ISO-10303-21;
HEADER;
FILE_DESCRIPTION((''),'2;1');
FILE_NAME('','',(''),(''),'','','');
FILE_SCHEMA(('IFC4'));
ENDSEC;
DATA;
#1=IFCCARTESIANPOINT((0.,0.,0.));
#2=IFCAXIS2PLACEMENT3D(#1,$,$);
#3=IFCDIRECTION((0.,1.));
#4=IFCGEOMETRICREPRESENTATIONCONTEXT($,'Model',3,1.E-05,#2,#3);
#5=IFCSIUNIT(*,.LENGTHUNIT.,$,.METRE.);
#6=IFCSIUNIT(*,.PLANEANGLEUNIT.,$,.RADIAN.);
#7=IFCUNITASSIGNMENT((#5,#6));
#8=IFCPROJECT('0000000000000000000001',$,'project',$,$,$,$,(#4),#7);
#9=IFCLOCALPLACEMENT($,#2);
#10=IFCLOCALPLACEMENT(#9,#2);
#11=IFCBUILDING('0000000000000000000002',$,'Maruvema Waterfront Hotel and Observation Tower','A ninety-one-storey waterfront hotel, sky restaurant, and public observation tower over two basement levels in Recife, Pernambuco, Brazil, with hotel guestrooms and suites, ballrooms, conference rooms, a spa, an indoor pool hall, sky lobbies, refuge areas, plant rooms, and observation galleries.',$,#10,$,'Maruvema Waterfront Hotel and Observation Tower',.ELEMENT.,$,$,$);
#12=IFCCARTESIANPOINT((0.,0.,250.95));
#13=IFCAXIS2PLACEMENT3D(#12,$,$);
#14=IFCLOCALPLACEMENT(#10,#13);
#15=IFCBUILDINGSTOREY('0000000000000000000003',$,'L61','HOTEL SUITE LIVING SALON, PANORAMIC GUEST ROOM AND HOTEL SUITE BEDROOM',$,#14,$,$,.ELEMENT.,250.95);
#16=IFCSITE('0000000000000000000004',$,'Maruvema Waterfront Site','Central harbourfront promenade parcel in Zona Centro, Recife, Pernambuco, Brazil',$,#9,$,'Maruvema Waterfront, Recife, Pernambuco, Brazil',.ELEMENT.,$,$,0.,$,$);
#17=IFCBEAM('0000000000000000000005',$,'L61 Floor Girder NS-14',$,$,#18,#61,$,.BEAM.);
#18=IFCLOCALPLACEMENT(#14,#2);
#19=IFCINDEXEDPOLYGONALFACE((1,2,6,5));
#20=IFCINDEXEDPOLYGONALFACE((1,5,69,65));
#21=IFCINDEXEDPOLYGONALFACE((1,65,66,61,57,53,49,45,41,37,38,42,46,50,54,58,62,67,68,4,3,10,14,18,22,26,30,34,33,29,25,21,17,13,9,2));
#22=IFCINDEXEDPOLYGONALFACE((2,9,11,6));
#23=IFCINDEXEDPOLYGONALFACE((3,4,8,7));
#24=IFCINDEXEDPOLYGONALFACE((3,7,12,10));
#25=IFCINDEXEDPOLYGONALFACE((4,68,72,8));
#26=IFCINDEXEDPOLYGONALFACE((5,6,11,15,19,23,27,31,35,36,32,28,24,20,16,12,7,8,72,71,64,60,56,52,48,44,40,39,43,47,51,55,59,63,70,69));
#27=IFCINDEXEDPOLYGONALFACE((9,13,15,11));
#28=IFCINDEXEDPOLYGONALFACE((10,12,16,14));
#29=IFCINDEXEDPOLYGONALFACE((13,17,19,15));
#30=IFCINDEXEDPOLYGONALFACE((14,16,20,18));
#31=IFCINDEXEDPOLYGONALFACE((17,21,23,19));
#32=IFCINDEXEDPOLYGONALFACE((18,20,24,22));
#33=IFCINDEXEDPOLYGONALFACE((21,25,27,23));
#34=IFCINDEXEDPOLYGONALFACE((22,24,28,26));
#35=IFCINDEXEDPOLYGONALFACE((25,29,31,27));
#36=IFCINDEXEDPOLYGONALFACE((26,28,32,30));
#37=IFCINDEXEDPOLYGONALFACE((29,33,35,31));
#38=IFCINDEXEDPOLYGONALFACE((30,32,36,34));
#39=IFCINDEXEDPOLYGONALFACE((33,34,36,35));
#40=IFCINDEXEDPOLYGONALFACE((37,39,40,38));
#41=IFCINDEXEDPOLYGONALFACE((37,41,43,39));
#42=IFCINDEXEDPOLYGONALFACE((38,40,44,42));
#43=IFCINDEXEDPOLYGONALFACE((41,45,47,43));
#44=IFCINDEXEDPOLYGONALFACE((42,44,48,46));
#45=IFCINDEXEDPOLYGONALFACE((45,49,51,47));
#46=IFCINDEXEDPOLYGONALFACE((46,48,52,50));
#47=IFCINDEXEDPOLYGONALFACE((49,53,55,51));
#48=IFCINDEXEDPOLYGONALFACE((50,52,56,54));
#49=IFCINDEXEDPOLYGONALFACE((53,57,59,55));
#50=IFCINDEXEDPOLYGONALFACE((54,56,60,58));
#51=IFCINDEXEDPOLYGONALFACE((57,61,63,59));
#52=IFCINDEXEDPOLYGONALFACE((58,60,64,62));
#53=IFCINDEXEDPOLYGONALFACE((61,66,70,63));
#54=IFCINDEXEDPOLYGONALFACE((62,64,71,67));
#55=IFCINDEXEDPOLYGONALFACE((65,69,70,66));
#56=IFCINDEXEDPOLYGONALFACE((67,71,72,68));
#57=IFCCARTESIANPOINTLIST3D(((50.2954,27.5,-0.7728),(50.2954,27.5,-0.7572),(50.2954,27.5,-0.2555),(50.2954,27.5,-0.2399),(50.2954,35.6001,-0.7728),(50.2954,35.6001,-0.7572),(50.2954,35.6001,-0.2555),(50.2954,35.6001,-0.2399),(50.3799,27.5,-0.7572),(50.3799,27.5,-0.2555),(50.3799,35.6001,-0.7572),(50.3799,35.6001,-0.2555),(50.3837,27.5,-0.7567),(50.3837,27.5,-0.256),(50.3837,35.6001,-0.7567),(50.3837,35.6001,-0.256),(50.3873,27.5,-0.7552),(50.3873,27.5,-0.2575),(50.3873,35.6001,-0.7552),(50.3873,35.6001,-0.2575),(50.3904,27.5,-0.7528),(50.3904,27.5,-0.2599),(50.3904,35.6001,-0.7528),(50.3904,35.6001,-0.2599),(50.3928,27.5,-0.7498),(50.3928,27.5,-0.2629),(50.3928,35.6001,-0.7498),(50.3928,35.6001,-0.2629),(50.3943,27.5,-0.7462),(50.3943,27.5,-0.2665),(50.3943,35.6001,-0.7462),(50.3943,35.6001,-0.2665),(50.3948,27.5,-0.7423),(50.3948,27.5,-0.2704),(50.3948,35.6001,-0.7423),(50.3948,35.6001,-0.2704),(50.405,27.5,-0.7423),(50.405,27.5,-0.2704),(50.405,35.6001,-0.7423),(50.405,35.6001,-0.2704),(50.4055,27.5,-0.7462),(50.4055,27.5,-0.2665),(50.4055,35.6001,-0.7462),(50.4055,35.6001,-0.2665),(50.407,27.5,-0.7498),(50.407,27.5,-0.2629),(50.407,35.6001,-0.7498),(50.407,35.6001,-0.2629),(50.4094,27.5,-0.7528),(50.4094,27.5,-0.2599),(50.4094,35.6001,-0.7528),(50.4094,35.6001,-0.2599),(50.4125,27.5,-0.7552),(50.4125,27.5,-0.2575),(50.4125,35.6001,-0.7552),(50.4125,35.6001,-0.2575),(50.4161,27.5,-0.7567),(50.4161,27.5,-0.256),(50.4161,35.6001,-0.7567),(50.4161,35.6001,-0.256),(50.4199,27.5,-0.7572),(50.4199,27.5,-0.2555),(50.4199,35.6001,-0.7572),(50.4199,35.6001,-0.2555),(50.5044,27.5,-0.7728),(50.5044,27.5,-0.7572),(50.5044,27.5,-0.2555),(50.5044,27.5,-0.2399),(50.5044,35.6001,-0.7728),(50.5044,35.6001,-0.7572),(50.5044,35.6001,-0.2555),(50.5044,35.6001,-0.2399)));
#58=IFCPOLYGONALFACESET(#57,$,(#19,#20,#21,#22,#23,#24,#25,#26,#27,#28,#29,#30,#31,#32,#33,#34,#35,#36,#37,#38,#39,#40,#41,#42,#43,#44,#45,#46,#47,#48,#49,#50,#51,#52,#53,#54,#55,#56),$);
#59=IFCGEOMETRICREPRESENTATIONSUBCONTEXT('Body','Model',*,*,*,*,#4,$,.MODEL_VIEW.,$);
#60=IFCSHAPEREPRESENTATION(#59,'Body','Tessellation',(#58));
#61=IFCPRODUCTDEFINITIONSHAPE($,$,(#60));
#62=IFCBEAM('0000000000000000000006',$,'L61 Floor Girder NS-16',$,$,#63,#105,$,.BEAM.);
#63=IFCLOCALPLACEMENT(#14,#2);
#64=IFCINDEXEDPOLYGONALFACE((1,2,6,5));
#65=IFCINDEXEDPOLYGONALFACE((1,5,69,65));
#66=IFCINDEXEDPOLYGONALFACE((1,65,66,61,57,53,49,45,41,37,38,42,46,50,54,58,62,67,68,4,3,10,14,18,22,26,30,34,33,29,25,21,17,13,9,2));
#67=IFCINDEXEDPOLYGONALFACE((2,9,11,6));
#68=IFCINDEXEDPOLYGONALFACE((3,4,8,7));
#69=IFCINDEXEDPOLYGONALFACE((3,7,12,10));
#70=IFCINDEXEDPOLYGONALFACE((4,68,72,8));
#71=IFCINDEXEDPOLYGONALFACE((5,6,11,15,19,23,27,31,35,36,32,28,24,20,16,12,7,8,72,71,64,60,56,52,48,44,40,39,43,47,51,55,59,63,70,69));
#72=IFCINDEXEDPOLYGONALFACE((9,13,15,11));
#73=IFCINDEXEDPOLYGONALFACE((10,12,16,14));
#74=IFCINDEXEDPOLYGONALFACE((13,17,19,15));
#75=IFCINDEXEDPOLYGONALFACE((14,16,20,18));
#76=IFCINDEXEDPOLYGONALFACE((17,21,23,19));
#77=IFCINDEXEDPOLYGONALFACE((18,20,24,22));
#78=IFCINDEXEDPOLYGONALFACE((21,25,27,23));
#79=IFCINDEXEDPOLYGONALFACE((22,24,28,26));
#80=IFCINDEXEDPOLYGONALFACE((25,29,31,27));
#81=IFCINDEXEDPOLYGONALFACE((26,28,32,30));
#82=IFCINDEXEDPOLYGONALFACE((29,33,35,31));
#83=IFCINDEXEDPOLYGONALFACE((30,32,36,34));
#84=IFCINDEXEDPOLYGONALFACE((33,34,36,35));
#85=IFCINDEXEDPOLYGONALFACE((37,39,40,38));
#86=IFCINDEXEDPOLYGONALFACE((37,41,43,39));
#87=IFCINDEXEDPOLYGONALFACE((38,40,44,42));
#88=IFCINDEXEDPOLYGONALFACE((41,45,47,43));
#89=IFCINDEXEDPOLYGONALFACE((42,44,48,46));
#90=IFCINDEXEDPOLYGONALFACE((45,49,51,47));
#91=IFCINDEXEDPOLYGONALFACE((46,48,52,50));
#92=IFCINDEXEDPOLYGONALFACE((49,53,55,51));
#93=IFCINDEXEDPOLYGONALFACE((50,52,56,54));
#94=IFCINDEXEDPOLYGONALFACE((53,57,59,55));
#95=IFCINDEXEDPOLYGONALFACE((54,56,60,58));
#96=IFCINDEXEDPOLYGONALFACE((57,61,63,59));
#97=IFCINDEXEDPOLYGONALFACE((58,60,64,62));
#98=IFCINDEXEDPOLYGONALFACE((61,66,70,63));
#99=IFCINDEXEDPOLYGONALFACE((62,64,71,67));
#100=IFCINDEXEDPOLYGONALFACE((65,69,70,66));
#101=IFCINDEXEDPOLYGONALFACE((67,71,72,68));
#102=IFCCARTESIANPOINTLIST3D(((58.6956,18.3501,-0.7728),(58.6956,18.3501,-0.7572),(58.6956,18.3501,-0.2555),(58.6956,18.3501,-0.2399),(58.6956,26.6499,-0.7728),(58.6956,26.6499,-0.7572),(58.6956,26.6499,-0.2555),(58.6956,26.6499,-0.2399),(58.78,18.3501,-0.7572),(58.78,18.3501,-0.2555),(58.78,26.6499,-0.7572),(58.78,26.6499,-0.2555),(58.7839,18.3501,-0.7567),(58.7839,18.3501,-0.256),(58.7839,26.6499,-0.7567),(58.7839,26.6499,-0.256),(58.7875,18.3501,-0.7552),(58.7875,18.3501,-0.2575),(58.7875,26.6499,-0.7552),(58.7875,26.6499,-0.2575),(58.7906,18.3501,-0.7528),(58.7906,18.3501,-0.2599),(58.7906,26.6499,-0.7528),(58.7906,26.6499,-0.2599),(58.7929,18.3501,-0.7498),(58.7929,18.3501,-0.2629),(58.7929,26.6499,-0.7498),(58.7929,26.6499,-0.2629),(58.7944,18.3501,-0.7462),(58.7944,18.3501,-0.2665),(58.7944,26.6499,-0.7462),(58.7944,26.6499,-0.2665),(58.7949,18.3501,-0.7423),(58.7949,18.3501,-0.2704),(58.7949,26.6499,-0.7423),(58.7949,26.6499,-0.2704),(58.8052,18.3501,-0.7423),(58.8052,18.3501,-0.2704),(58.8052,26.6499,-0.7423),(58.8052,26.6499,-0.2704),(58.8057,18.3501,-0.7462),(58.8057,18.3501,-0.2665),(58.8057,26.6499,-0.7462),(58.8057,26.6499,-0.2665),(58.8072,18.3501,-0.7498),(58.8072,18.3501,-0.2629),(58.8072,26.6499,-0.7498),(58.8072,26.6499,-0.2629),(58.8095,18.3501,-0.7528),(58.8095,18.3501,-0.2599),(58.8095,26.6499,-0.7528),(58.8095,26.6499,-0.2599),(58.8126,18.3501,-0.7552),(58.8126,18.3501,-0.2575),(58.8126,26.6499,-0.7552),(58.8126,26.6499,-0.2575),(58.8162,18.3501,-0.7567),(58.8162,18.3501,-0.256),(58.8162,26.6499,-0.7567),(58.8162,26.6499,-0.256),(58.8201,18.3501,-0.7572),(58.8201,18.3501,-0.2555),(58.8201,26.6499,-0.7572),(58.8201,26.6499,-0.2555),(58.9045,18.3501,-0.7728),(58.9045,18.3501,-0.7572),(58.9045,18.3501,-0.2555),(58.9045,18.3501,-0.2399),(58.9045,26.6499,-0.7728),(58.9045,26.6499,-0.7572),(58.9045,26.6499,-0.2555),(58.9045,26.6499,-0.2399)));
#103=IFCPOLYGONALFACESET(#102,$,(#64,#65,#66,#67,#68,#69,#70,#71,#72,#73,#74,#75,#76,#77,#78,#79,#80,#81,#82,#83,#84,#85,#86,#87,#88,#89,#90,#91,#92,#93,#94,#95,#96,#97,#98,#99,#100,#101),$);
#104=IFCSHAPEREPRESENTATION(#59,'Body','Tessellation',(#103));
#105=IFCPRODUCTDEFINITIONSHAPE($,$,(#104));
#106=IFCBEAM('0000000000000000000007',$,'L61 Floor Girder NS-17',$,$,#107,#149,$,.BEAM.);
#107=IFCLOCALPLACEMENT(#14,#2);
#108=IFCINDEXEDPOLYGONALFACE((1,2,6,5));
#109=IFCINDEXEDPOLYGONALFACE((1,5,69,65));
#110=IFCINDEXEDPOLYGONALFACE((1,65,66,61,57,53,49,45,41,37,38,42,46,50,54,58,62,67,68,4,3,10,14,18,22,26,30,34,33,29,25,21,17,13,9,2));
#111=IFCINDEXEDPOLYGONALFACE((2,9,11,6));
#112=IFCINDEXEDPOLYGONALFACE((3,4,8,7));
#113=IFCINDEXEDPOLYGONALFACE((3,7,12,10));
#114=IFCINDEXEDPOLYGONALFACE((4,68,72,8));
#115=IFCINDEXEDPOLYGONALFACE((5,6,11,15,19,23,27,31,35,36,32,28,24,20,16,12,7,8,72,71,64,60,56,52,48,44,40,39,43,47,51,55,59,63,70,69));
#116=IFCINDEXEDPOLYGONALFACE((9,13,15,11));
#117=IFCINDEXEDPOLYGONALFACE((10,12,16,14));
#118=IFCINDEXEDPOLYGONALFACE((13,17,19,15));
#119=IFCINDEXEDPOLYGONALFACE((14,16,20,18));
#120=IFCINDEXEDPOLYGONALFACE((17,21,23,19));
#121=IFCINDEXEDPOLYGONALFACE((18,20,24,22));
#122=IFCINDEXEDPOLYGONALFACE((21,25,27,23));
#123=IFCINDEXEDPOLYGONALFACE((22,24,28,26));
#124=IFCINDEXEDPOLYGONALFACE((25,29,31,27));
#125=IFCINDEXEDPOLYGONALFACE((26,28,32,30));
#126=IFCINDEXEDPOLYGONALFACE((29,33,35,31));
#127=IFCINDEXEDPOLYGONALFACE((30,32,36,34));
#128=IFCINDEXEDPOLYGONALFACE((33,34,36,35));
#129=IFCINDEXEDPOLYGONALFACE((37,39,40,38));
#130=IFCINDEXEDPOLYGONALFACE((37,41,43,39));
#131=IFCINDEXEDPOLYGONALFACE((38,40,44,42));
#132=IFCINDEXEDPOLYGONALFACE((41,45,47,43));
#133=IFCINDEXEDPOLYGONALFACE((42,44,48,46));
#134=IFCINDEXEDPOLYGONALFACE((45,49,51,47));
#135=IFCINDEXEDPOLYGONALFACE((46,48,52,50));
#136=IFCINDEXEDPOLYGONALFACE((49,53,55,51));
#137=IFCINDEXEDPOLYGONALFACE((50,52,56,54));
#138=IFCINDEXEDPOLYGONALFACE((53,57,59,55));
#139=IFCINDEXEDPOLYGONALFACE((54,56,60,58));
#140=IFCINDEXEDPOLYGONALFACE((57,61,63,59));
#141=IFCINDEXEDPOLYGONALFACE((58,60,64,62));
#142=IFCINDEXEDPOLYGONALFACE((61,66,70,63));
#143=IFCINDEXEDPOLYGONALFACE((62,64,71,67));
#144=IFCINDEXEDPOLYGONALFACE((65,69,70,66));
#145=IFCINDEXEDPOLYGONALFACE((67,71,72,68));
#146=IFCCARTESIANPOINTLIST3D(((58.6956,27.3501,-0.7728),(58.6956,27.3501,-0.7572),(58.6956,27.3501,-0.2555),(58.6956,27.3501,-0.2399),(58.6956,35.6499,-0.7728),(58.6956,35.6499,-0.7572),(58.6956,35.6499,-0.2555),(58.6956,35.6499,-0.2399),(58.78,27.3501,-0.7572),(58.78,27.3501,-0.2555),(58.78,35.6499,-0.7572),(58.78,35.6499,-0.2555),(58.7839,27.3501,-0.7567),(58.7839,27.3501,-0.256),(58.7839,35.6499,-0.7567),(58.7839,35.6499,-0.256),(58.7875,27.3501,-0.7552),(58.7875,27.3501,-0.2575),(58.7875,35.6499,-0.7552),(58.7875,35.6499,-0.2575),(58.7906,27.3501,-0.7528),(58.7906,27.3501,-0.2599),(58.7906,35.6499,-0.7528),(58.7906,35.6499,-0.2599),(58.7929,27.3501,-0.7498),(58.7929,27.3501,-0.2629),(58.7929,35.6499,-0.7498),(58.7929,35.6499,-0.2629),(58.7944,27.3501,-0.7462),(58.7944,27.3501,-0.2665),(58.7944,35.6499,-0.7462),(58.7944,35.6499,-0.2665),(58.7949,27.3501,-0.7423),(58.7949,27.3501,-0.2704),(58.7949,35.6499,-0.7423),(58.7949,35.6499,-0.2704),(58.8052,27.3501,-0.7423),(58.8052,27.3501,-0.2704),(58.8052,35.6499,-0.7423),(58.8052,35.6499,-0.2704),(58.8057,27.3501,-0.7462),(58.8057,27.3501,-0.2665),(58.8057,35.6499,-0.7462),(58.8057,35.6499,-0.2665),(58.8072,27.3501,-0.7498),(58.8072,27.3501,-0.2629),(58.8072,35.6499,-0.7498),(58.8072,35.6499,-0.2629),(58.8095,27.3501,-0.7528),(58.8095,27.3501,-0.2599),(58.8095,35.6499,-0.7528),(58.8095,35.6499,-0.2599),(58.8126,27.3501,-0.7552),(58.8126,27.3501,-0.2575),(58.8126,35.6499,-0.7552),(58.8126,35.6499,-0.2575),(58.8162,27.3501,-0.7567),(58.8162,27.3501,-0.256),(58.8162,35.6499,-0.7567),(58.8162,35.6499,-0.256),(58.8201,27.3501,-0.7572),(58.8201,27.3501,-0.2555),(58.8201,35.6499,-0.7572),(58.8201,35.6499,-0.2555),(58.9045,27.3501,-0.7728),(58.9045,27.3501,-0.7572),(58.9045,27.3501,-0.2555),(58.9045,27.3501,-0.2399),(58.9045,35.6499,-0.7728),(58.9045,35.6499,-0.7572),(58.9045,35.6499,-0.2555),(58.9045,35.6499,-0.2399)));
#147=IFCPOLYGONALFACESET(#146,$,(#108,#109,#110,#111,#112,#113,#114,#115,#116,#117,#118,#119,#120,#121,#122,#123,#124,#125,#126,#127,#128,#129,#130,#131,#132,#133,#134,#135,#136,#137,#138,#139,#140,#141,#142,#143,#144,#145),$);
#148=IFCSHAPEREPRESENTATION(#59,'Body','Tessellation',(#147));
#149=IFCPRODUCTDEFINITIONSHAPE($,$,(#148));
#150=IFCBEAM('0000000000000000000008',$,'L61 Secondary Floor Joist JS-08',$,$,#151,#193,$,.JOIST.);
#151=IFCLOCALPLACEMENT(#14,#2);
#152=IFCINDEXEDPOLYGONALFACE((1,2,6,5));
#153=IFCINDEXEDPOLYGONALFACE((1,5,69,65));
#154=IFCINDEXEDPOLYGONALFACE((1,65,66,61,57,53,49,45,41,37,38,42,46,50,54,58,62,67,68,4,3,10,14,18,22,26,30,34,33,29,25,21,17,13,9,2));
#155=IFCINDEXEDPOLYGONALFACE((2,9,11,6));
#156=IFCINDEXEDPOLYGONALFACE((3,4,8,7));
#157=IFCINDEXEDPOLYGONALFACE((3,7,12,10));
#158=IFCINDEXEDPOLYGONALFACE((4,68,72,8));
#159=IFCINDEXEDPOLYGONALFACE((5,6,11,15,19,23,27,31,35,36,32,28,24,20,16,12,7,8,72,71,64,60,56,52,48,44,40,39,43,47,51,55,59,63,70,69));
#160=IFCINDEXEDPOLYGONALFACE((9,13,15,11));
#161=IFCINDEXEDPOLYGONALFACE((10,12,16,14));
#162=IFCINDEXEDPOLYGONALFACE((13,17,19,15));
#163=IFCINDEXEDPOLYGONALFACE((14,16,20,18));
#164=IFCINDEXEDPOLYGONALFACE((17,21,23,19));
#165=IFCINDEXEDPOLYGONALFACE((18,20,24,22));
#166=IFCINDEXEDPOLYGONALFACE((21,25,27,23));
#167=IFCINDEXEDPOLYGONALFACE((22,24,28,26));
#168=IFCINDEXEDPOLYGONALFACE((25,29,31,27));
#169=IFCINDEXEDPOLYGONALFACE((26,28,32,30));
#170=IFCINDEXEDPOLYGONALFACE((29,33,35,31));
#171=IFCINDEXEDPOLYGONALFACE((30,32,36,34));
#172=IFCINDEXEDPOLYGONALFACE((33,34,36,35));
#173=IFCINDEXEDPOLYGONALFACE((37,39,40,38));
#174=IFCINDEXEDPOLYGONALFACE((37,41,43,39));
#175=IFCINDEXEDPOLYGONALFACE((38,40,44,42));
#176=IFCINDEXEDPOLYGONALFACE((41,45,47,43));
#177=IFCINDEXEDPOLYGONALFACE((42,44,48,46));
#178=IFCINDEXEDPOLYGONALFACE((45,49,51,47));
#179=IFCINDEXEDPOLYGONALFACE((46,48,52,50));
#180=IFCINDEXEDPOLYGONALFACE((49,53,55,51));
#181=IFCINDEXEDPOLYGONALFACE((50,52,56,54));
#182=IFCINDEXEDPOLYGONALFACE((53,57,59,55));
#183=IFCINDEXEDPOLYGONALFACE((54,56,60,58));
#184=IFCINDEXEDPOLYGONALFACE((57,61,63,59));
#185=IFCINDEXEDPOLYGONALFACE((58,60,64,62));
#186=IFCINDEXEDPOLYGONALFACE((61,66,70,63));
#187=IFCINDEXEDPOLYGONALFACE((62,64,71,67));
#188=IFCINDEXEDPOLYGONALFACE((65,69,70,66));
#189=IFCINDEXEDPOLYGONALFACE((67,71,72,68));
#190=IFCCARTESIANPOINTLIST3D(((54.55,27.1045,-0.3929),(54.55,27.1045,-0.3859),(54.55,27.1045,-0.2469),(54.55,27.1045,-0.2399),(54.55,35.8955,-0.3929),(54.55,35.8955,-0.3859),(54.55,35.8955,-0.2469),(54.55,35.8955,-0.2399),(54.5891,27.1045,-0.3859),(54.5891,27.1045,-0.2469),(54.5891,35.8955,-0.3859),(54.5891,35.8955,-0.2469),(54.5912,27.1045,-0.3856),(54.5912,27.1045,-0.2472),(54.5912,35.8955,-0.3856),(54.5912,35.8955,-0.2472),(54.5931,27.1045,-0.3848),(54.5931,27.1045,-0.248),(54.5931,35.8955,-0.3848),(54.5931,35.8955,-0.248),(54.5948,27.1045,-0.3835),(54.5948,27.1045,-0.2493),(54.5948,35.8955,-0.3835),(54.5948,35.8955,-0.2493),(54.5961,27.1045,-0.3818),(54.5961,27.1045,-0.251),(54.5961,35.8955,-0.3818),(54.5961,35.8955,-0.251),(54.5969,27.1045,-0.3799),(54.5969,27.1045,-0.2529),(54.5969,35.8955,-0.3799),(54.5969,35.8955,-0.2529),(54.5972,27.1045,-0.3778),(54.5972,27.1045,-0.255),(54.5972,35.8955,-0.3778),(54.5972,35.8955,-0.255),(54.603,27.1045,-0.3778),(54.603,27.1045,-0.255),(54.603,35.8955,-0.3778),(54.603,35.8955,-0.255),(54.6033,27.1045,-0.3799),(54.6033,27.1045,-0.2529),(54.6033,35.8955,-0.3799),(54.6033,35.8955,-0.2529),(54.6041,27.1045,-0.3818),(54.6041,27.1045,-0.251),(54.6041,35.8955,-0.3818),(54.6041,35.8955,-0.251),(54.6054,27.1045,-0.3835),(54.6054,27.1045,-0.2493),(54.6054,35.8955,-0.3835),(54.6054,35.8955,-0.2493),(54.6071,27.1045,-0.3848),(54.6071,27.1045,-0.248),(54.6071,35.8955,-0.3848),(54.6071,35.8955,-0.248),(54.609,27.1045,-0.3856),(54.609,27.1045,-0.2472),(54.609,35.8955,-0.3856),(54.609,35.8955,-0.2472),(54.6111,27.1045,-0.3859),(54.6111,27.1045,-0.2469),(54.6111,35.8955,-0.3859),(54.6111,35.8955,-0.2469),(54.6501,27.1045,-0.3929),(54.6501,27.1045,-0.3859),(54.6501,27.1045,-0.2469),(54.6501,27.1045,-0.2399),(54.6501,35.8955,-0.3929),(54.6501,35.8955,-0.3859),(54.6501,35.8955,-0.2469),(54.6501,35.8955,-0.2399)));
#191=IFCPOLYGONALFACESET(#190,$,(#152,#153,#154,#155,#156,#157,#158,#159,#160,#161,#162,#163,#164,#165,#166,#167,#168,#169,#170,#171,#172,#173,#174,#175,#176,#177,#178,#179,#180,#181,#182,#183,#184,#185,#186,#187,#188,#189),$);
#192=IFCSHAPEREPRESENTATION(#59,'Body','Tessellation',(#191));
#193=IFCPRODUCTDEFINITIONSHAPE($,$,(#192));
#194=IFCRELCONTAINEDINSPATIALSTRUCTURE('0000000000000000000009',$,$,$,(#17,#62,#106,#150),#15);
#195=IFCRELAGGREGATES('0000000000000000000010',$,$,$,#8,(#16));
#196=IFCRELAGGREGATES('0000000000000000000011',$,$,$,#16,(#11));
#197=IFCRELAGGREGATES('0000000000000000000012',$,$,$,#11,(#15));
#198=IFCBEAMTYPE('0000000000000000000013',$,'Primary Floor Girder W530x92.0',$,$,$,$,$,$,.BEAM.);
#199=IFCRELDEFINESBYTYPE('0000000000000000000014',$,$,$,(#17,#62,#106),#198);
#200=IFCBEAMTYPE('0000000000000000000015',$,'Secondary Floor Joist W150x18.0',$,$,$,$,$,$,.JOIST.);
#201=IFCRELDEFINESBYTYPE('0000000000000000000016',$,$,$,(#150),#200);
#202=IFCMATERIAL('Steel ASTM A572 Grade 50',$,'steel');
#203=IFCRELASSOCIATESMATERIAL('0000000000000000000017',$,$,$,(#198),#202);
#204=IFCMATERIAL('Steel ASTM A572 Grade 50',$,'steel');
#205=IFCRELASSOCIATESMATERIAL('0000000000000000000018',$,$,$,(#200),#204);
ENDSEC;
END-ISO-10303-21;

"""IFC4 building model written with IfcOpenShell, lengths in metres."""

from ifc_helpers import new_model, si_unit, direction, frame, origin, origin_2d, place, context, subcontext, project, spatial, i_section, extrude, material, material_profile, profile_set, type_object, element, save


model = new_model("IFC4")

# Units and contexts
model_context = context("Model", 3, precision=1e-05, world=origin(), true_north=direction((0.0, 1.0)))
body_context = subcontext(model_context, "Body", "Model", "MODEL_VIEW")
ifc_project = project(units=[si_unit("LENGTHUNIT", "METRE"), si_unit("PLANEANGLEUNIT", "RADIAN")], contexts=[model_context])

# Site, building, storey
site_placement = place(None, origin())
site = spatial("IfcSite", under=ifc_project, at=site_placement, Name="Maruvema Waterfront Site", Description="Central harbourfront promenade parcel in Zona Centro, Recife, Pernambuco, Brazil", LongName="Maruvema Waterfront, Recife, Pernambuco, Brazil", CompositionType="ELEMENT", RefElevation=0.0)
building_placement = place(site_placement, origin())
building = spatial("IfcBuilding", under=site, at=building_placement, Name="Maruvema Waterfront Hotel and Observation Tower", Description="A ninety-one-storey waterfront hotel, sky restaurant, and public observation tower over two basement levels in Recife, Pernambuco, Brazil, with hotel guestrooms and suites, ballrooms, conference rooms, a spa, an indoor pool hall, sky lobbies, refuge areas, plant rooms, and observation galleries.", LongName="Maruvema Waterfront Hotel and Observation Tower", CompositionType="ELEMENT")
storey_placement = place(building_placement, frame((0.0, 0.0, 250.95)))
storey = spatial("IfcBuildingStorey", under=building, at=storey_placement, Name="L61", Description="HOTEL SUITE LIVING SALON, PANORAMIC GUEST ROOM AND HOTEL SUITE BEDROOM", CompositionType="ELEMENT", Elevation=250.95)

# Beams
ifc_material_1 = material(Name="Steel ASTM A572 Grade 50", Category="steel")
ifc_material_profile_1 = material_profile(ifc_material_1, i_section(OverallWidth=0.209, OverallDepth=0.533, WebThickness=0.0103, FlangeThickness=0.0156, FilletRadius=0.0149, at=origin_2d()), Name="W530x92.0")
ifc_profile_set_1 = profile_set([ifc_material_profile_1], Name="Steel ASTM A572 Grade 50")
beam_type_1 = type_object("IfcBeamType", Name="Primary Floor Girder W530x92.0", PredefinedType="BEAM", material=ifc_profile_set_1)
beam_1_placement = place(storey_placement, frame((50.3999, 27.5, -0.5063), z_axis=(0.0, 1.0, 0.0), x_axis=(-1.0, 0.0, 0.0)))
element("IfcBeam", 1, at=beam_1_placement, inside=storey, type_object=beam_type_1, Name="L61 Floor Girder NS-14", PredefinedType="BEAM", context=body_context, shape_type="SweptSolid", body=[
    extrude(i_section(OverallWidth=0.209, OverallDepth=0.533, WebThickness=0.0103, FlangeThickness=0.0156, FilletRadius=0.0149, at=origin_2d()), origin(), (0.0, 0.0, 1.0), 8.1001),
])
for number, where, z_axis, x_axis, name in (
    (2, (58.8, 18.3501, -0.5063), (0.0, 1.0, 0.0), (-1.0, 0.0, 0.0), "L61 Floor Girder NS-16"),
    (3, (58.8, 27.3501, -0.5063), (0.0, 1.0, 0.0), (-1.0, 0.0, 0.0), "L61 Floor Girder NS-17"),
):
    element("IfcBeam", number, at=place(storey_placement, frame(where, z_axis=z_axis, x_axis=x_axis)), inside=storey, type_object=beam_type_1, Name=name, PredefinedType="BEAM", context=body_context, shape_type="SweptSolid", body=[
        extrude(i_section(OverallWidth=0.209, OverallDepth=0.533, WebThickness=0.0103, FlangeThickness=0.0156, FilletRadius=0.0149, at=origin_2d()), origin(), (0.0, 0.0, 1.0), 8.2998),
    ])
ifc_material_2 = material(Name="Steel ASTM A572 Grade 50", Category="steel")
ifc_material_profile_2 = material_profile(ifc_material_2, i_section(OverallWidth=0.1001, OverallDepth=0.1531, WebThickness=0.0059, FlangeThickness=0.0071, FilletRadius=0.0081, at=origin_2d()), Name="W150x18.0")
ifc_profile_set_2 = profile_set([ifc_material_profile_2], Name="Steel ASTM A572 Grade 50")
beam_type_2 = type_object("IfcBeamType", Name="Secondary Floor Joist W150x18.0", PredefinedType="JOIST", material=ifc_profile_set_2)
beam_2_placement = place(storey_placement, frame((54.6001, 27.1045, -0.3164), z_axis=(0.0, 1.0, 0.0), x_axis=(-1.0, 0.0, 0.0)))
element("IfcBeam", 4, at=beam_2_placement, inside=storey, type_object=beam_type_2, Name="L61 Secondary Floor Joist JS-08", PredefinedType="JOIST", context=body_context, shape_type="SweptSolid", body=[
    extrude(i_section(OverallWidth=0.1001, OverallDepth=0.1531, WebThickness=0.0059, FlangeThickness=0.0071, FilletRadius=0.0081, at=origin_2d()), origin(), (0.0, 0.0, 1.0), 8.791),
])

save(model, "model.ifc")
